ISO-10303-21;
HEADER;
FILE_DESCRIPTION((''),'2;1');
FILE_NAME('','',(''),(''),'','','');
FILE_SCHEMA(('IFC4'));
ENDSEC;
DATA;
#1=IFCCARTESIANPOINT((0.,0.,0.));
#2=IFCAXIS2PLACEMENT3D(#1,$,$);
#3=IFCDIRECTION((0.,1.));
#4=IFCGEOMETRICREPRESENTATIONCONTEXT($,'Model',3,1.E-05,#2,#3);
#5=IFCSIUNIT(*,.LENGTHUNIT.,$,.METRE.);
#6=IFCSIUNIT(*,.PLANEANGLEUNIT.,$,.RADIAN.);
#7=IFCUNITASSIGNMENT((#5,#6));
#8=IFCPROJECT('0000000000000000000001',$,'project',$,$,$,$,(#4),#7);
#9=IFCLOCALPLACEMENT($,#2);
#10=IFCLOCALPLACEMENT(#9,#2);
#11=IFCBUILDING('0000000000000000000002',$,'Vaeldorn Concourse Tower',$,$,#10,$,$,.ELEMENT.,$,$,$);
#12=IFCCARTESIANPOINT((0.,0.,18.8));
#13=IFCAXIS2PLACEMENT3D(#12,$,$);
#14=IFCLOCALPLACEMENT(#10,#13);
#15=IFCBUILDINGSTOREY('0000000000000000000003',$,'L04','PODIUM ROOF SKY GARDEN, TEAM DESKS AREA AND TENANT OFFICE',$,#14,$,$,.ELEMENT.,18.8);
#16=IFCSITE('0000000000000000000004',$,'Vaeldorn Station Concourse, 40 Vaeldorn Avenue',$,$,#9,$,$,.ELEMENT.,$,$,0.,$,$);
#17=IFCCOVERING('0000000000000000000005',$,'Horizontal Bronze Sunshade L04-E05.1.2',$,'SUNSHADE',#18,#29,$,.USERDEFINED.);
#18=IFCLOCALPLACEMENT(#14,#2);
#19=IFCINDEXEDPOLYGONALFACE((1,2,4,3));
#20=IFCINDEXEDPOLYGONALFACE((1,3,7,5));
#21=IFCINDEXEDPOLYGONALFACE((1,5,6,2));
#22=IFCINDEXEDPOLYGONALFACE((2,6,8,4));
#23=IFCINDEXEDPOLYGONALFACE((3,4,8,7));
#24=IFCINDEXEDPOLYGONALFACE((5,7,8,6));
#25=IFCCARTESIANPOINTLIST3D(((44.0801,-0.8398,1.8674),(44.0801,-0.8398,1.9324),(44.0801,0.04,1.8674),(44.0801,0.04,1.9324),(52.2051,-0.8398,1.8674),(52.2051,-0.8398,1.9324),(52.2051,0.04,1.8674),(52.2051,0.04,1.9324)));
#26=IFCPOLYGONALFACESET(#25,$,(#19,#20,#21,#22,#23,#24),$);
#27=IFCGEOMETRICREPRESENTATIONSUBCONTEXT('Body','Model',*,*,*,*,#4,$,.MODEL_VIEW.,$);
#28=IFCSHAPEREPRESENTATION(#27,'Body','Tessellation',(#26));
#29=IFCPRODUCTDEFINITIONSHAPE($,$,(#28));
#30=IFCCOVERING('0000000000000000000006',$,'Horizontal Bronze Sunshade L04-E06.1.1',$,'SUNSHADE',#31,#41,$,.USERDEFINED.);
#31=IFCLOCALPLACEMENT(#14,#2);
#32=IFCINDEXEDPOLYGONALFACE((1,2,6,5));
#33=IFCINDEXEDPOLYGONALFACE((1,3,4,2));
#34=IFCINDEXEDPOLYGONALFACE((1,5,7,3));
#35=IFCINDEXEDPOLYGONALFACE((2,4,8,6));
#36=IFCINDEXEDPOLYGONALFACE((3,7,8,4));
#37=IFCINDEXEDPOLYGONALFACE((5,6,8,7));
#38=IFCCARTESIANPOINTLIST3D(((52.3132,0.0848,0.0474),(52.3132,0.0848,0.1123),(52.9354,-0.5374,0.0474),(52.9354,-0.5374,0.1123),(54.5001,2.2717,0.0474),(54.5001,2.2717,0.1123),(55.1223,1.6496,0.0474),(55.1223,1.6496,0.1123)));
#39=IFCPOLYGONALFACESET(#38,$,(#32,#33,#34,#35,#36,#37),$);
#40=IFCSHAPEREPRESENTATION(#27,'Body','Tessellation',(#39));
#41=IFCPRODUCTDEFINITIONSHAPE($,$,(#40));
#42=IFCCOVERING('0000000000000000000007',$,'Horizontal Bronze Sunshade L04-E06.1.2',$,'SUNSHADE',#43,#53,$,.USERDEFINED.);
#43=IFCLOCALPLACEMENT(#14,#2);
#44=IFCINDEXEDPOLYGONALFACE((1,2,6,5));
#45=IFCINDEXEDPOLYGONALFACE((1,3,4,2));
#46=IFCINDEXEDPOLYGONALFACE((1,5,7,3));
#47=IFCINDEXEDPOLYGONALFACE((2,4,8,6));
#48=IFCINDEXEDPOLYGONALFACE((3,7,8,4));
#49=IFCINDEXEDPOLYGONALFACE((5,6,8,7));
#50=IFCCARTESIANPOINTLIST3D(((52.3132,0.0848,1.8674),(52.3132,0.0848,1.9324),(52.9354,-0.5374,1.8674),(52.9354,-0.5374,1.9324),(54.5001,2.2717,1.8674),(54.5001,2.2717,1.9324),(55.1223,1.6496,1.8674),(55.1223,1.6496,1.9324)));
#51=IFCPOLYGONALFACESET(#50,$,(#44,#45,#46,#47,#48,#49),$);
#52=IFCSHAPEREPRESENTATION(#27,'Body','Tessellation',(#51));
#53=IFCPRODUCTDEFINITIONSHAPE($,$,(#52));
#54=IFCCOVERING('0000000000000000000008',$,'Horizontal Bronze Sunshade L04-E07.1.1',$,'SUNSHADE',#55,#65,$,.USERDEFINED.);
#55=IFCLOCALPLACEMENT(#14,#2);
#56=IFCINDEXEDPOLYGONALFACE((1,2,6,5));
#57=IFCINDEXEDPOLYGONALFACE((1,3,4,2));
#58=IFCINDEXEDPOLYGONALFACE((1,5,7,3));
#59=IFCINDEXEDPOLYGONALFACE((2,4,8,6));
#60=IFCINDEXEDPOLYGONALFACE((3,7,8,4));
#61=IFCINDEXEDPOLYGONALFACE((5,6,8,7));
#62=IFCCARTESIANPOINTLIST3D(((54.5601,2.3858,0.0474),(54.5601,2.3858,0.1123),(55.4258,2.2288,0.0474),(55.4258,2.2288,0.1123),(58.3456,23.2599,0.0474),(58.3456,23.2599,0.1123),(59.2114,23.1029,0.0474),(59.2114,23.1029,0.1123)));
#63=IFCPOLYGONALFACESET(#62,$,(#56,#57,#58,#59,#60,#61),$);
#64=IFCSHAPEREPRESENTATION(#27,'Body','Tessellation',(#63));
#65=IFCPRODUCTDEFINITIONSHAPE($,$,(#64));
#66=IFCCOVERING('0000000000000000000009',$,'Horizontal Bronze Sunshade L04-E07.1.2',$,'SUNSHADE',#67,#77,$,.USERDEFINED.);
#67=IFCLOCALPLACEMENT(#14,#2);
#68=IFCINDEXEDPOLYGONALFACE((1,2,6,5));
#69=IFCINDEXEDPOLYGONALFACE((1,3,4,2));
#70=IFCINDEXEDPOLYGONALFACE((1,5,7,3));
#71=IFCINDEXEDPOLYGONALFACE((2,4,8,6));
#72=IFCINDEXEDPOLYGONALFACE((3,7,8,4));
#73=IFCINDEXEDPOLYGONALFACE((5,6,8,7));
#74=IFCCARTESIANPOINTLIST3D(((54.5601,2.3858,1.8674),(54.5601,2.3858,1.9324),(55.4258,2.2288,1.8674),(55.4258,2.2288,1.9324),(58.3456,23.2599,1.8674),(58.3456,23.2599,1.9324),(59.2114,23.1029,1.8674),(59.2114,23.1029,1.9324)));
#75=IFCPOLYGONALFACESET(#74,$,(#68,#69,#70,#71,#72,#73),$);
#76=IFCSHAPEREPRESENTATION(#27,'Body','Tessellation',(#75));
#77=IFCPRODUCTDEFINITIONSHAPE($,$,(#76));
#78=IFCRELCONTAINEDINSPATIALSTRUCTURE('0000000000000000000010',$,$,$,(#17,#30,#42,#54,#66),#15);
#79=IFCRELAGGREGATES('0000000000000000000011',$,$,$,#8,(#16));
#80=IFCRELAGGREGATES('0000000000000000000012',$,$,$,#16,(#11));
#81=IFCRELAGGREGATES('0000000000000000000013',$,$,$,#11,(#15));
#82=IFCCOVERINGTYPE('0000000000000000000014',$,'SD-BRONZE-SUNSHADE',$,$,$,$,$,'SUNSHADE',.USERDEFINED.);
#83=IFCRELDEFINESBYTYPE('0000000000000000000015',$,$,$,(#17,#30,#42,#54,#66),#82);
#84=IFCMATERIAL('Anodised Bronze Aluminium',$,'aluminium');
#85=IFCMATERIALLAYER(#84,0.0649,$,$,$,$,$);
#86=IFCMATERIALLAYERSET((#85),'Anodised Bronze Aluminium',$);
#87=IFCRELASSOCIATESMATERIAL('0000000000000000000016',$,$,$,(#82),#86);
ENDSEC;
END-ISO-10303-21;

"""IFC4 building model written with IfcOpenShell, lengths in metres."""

from ifc_helpers import new_model, si_unit, direction, frame, origin, origin_2d, place, context, subcontext, project, spatial, rectangle, extrude, source, transform, mapped, material, layer, layer_set, type_object, element, save


model = new_model("IFC4")

# Units and contexts
model_context = context("Model", 3, precision=1e-05, world=origin(), true_north=direction((0.0, 1.0)))
body_context = subcontext(model_context, "Body", "Model", "MODEL_VIEW")
ifc_project = project(units=[si_unit("LENGTHUNIT", "METRE"), si_unit("PLANEANGLEUNIT", "RADIAN")], contexts=[model_context])

# Site, building, storey
site_placement = place(None, origin())
site = spatial("IfcSite", under=ifc_project, at=site_placement, Name="Vaeldorn Station Concourse, 40 Vaeldorn Avenue", CompositionType="ELEMENT", RefElevation=0.0)
building_placement = place(site_placement, origin())
building = spatial("IfcBuilding", under=site, at=building_placement, Name="Vaeldorn Concourse Tower", CompositionType="ELEMENT")
storey_placement = place(building_placement, frame((0.0, 0.0, 18.8)))
storey = spatial("IfcBuildingStorey", under=building, at=storey_placement, Name="L04", Description="PODIUM ROOF SKY GARDEN, TEAM DESKS AREA AND TENANT OFFICE", CompositionType="ELEMENT", Elevation=18.8)

# Shared definitions
ifc_material_1 = material(Name="Anodised Bronze Aluminium", Category="aluminium")

# Coverings
ifc_layer_1 = layer(ifc_material_1, 0.0649)
ifc_layer_set_1 = layer_set([ifc_layer_1], Name="Anodised Bronze Aluminium")
covering_type = type_object("IfcCoveringType", Name="SD-BRONZE-SUNSHADE", ElementType="SUNSHADE", PredefinedType="USERDEFINED", material=ifc_layer_set_1)
shared_shape_1 = source(origin(), body_context, "Body", "SweptSolid", [
    extrude(rectangle(XDim=8.125, YDim=0.8799, at=origin_2d()), origin(), (0.0, 0.0, 1.0), 0.0649),
])
for number, where, z_axis, x_axis, name in (
    (1, (48.1426, -0.3999, 1.8674), (0.0, 0.0, 1.0), (1.0, 0.0, 0.0), "Horizontal Bronze Sunshade L04-E05.1.2"),
):
    element("IfcCovering", number, at=place(storey_placement, frame(where, z_axis=z_axis, x_axis=x_axis)), inside=storey, type_object=covering_type, Name=name, ObjectType="SUNSHADE", PredefinedType="USERDEFINED", context=body_context, shape_type="MappedRepresentation", body=[
        mapped(shared_shape_1, transform((0.0, 0.0, 0.0), scale=1.0)),
    ])
shared_shape_2 = source(origin(), body_context, "Body", "SweptSolid", [
    extrude(rectangle(XDim=3.0928, YDim=0.8799, at=origin_2d()), origin(), (0.0, 0.0, 1.0), 0.0649),
])
for number, where, z_axis, x_axis, name in (
    (2, (53.7178, 0.8672, 0.0474), (0.0, 0.0, 1.0), (0.707107, 0.707107, 0.0), "Horizontal Bronze Sunshade L04-E06.1.1"),
    (3, (53.7178, 0.8672, 1.8674), (0.0, 0.0, 1.0), (0.707107, 0.707107, 0.0), "Horizontal Bronze Sunshade L04-E06.1.2"),
):
    element("IfcCovering", number, at=place(storey_placement, frame(where, z_axis=z_axis, x_axis=x_axis)), inside=storey, type_object=covering_type, Name=name, ObjectType="SUNSHADE", PredefinedType="USERDEFINED", context=body_context, shape_type="MappedRepresentation", body=[
        mapped(shared_shape_2, transform((0.0, 0.0, 0.0), scale=1.0)),
    ])
shared_shape_3 = source(origin(), body_context, "Body", "SweptSolid", [
    extrude(rectangle(XDim=21.2146, YDim=0.8799, at=origin_2d()), origin(), (0.0, 0.0, 1.0), 0.0649),
])
for number, where, z_axis, x_axis, name in (
    (4, (56.8857, 12.7444, 0.0474), (0.0, 0.0, 1.0), (0.178442, 0.983951, 0.0), "Horizontal Bronze Sunshade L04-E07.1.1"),
    (5, (56.8857, 12.7444, 1.8674), (0.0, 0.0, 1.0), (0.178442, 0.983951, 0.0), "Horizontal Bronze Sunshade L04-E07.1.2"),
):
    element("IfcCovering", number, at=place(storey_placement, frame(where, z_axis=z_axis, x_axis=x_axis)), inside=storey, type_object=covering_type, Name=name, ObjectType="SUNSHADE", PredefinedType="USERDEFINED", context=body_context, shape_type="MappedRepresentation", body=[
        mapped(shared_shape_3, transform((0.0, 0.0, 0.0), scale=1.0)),
    ])

save(model, "model.ifc")
